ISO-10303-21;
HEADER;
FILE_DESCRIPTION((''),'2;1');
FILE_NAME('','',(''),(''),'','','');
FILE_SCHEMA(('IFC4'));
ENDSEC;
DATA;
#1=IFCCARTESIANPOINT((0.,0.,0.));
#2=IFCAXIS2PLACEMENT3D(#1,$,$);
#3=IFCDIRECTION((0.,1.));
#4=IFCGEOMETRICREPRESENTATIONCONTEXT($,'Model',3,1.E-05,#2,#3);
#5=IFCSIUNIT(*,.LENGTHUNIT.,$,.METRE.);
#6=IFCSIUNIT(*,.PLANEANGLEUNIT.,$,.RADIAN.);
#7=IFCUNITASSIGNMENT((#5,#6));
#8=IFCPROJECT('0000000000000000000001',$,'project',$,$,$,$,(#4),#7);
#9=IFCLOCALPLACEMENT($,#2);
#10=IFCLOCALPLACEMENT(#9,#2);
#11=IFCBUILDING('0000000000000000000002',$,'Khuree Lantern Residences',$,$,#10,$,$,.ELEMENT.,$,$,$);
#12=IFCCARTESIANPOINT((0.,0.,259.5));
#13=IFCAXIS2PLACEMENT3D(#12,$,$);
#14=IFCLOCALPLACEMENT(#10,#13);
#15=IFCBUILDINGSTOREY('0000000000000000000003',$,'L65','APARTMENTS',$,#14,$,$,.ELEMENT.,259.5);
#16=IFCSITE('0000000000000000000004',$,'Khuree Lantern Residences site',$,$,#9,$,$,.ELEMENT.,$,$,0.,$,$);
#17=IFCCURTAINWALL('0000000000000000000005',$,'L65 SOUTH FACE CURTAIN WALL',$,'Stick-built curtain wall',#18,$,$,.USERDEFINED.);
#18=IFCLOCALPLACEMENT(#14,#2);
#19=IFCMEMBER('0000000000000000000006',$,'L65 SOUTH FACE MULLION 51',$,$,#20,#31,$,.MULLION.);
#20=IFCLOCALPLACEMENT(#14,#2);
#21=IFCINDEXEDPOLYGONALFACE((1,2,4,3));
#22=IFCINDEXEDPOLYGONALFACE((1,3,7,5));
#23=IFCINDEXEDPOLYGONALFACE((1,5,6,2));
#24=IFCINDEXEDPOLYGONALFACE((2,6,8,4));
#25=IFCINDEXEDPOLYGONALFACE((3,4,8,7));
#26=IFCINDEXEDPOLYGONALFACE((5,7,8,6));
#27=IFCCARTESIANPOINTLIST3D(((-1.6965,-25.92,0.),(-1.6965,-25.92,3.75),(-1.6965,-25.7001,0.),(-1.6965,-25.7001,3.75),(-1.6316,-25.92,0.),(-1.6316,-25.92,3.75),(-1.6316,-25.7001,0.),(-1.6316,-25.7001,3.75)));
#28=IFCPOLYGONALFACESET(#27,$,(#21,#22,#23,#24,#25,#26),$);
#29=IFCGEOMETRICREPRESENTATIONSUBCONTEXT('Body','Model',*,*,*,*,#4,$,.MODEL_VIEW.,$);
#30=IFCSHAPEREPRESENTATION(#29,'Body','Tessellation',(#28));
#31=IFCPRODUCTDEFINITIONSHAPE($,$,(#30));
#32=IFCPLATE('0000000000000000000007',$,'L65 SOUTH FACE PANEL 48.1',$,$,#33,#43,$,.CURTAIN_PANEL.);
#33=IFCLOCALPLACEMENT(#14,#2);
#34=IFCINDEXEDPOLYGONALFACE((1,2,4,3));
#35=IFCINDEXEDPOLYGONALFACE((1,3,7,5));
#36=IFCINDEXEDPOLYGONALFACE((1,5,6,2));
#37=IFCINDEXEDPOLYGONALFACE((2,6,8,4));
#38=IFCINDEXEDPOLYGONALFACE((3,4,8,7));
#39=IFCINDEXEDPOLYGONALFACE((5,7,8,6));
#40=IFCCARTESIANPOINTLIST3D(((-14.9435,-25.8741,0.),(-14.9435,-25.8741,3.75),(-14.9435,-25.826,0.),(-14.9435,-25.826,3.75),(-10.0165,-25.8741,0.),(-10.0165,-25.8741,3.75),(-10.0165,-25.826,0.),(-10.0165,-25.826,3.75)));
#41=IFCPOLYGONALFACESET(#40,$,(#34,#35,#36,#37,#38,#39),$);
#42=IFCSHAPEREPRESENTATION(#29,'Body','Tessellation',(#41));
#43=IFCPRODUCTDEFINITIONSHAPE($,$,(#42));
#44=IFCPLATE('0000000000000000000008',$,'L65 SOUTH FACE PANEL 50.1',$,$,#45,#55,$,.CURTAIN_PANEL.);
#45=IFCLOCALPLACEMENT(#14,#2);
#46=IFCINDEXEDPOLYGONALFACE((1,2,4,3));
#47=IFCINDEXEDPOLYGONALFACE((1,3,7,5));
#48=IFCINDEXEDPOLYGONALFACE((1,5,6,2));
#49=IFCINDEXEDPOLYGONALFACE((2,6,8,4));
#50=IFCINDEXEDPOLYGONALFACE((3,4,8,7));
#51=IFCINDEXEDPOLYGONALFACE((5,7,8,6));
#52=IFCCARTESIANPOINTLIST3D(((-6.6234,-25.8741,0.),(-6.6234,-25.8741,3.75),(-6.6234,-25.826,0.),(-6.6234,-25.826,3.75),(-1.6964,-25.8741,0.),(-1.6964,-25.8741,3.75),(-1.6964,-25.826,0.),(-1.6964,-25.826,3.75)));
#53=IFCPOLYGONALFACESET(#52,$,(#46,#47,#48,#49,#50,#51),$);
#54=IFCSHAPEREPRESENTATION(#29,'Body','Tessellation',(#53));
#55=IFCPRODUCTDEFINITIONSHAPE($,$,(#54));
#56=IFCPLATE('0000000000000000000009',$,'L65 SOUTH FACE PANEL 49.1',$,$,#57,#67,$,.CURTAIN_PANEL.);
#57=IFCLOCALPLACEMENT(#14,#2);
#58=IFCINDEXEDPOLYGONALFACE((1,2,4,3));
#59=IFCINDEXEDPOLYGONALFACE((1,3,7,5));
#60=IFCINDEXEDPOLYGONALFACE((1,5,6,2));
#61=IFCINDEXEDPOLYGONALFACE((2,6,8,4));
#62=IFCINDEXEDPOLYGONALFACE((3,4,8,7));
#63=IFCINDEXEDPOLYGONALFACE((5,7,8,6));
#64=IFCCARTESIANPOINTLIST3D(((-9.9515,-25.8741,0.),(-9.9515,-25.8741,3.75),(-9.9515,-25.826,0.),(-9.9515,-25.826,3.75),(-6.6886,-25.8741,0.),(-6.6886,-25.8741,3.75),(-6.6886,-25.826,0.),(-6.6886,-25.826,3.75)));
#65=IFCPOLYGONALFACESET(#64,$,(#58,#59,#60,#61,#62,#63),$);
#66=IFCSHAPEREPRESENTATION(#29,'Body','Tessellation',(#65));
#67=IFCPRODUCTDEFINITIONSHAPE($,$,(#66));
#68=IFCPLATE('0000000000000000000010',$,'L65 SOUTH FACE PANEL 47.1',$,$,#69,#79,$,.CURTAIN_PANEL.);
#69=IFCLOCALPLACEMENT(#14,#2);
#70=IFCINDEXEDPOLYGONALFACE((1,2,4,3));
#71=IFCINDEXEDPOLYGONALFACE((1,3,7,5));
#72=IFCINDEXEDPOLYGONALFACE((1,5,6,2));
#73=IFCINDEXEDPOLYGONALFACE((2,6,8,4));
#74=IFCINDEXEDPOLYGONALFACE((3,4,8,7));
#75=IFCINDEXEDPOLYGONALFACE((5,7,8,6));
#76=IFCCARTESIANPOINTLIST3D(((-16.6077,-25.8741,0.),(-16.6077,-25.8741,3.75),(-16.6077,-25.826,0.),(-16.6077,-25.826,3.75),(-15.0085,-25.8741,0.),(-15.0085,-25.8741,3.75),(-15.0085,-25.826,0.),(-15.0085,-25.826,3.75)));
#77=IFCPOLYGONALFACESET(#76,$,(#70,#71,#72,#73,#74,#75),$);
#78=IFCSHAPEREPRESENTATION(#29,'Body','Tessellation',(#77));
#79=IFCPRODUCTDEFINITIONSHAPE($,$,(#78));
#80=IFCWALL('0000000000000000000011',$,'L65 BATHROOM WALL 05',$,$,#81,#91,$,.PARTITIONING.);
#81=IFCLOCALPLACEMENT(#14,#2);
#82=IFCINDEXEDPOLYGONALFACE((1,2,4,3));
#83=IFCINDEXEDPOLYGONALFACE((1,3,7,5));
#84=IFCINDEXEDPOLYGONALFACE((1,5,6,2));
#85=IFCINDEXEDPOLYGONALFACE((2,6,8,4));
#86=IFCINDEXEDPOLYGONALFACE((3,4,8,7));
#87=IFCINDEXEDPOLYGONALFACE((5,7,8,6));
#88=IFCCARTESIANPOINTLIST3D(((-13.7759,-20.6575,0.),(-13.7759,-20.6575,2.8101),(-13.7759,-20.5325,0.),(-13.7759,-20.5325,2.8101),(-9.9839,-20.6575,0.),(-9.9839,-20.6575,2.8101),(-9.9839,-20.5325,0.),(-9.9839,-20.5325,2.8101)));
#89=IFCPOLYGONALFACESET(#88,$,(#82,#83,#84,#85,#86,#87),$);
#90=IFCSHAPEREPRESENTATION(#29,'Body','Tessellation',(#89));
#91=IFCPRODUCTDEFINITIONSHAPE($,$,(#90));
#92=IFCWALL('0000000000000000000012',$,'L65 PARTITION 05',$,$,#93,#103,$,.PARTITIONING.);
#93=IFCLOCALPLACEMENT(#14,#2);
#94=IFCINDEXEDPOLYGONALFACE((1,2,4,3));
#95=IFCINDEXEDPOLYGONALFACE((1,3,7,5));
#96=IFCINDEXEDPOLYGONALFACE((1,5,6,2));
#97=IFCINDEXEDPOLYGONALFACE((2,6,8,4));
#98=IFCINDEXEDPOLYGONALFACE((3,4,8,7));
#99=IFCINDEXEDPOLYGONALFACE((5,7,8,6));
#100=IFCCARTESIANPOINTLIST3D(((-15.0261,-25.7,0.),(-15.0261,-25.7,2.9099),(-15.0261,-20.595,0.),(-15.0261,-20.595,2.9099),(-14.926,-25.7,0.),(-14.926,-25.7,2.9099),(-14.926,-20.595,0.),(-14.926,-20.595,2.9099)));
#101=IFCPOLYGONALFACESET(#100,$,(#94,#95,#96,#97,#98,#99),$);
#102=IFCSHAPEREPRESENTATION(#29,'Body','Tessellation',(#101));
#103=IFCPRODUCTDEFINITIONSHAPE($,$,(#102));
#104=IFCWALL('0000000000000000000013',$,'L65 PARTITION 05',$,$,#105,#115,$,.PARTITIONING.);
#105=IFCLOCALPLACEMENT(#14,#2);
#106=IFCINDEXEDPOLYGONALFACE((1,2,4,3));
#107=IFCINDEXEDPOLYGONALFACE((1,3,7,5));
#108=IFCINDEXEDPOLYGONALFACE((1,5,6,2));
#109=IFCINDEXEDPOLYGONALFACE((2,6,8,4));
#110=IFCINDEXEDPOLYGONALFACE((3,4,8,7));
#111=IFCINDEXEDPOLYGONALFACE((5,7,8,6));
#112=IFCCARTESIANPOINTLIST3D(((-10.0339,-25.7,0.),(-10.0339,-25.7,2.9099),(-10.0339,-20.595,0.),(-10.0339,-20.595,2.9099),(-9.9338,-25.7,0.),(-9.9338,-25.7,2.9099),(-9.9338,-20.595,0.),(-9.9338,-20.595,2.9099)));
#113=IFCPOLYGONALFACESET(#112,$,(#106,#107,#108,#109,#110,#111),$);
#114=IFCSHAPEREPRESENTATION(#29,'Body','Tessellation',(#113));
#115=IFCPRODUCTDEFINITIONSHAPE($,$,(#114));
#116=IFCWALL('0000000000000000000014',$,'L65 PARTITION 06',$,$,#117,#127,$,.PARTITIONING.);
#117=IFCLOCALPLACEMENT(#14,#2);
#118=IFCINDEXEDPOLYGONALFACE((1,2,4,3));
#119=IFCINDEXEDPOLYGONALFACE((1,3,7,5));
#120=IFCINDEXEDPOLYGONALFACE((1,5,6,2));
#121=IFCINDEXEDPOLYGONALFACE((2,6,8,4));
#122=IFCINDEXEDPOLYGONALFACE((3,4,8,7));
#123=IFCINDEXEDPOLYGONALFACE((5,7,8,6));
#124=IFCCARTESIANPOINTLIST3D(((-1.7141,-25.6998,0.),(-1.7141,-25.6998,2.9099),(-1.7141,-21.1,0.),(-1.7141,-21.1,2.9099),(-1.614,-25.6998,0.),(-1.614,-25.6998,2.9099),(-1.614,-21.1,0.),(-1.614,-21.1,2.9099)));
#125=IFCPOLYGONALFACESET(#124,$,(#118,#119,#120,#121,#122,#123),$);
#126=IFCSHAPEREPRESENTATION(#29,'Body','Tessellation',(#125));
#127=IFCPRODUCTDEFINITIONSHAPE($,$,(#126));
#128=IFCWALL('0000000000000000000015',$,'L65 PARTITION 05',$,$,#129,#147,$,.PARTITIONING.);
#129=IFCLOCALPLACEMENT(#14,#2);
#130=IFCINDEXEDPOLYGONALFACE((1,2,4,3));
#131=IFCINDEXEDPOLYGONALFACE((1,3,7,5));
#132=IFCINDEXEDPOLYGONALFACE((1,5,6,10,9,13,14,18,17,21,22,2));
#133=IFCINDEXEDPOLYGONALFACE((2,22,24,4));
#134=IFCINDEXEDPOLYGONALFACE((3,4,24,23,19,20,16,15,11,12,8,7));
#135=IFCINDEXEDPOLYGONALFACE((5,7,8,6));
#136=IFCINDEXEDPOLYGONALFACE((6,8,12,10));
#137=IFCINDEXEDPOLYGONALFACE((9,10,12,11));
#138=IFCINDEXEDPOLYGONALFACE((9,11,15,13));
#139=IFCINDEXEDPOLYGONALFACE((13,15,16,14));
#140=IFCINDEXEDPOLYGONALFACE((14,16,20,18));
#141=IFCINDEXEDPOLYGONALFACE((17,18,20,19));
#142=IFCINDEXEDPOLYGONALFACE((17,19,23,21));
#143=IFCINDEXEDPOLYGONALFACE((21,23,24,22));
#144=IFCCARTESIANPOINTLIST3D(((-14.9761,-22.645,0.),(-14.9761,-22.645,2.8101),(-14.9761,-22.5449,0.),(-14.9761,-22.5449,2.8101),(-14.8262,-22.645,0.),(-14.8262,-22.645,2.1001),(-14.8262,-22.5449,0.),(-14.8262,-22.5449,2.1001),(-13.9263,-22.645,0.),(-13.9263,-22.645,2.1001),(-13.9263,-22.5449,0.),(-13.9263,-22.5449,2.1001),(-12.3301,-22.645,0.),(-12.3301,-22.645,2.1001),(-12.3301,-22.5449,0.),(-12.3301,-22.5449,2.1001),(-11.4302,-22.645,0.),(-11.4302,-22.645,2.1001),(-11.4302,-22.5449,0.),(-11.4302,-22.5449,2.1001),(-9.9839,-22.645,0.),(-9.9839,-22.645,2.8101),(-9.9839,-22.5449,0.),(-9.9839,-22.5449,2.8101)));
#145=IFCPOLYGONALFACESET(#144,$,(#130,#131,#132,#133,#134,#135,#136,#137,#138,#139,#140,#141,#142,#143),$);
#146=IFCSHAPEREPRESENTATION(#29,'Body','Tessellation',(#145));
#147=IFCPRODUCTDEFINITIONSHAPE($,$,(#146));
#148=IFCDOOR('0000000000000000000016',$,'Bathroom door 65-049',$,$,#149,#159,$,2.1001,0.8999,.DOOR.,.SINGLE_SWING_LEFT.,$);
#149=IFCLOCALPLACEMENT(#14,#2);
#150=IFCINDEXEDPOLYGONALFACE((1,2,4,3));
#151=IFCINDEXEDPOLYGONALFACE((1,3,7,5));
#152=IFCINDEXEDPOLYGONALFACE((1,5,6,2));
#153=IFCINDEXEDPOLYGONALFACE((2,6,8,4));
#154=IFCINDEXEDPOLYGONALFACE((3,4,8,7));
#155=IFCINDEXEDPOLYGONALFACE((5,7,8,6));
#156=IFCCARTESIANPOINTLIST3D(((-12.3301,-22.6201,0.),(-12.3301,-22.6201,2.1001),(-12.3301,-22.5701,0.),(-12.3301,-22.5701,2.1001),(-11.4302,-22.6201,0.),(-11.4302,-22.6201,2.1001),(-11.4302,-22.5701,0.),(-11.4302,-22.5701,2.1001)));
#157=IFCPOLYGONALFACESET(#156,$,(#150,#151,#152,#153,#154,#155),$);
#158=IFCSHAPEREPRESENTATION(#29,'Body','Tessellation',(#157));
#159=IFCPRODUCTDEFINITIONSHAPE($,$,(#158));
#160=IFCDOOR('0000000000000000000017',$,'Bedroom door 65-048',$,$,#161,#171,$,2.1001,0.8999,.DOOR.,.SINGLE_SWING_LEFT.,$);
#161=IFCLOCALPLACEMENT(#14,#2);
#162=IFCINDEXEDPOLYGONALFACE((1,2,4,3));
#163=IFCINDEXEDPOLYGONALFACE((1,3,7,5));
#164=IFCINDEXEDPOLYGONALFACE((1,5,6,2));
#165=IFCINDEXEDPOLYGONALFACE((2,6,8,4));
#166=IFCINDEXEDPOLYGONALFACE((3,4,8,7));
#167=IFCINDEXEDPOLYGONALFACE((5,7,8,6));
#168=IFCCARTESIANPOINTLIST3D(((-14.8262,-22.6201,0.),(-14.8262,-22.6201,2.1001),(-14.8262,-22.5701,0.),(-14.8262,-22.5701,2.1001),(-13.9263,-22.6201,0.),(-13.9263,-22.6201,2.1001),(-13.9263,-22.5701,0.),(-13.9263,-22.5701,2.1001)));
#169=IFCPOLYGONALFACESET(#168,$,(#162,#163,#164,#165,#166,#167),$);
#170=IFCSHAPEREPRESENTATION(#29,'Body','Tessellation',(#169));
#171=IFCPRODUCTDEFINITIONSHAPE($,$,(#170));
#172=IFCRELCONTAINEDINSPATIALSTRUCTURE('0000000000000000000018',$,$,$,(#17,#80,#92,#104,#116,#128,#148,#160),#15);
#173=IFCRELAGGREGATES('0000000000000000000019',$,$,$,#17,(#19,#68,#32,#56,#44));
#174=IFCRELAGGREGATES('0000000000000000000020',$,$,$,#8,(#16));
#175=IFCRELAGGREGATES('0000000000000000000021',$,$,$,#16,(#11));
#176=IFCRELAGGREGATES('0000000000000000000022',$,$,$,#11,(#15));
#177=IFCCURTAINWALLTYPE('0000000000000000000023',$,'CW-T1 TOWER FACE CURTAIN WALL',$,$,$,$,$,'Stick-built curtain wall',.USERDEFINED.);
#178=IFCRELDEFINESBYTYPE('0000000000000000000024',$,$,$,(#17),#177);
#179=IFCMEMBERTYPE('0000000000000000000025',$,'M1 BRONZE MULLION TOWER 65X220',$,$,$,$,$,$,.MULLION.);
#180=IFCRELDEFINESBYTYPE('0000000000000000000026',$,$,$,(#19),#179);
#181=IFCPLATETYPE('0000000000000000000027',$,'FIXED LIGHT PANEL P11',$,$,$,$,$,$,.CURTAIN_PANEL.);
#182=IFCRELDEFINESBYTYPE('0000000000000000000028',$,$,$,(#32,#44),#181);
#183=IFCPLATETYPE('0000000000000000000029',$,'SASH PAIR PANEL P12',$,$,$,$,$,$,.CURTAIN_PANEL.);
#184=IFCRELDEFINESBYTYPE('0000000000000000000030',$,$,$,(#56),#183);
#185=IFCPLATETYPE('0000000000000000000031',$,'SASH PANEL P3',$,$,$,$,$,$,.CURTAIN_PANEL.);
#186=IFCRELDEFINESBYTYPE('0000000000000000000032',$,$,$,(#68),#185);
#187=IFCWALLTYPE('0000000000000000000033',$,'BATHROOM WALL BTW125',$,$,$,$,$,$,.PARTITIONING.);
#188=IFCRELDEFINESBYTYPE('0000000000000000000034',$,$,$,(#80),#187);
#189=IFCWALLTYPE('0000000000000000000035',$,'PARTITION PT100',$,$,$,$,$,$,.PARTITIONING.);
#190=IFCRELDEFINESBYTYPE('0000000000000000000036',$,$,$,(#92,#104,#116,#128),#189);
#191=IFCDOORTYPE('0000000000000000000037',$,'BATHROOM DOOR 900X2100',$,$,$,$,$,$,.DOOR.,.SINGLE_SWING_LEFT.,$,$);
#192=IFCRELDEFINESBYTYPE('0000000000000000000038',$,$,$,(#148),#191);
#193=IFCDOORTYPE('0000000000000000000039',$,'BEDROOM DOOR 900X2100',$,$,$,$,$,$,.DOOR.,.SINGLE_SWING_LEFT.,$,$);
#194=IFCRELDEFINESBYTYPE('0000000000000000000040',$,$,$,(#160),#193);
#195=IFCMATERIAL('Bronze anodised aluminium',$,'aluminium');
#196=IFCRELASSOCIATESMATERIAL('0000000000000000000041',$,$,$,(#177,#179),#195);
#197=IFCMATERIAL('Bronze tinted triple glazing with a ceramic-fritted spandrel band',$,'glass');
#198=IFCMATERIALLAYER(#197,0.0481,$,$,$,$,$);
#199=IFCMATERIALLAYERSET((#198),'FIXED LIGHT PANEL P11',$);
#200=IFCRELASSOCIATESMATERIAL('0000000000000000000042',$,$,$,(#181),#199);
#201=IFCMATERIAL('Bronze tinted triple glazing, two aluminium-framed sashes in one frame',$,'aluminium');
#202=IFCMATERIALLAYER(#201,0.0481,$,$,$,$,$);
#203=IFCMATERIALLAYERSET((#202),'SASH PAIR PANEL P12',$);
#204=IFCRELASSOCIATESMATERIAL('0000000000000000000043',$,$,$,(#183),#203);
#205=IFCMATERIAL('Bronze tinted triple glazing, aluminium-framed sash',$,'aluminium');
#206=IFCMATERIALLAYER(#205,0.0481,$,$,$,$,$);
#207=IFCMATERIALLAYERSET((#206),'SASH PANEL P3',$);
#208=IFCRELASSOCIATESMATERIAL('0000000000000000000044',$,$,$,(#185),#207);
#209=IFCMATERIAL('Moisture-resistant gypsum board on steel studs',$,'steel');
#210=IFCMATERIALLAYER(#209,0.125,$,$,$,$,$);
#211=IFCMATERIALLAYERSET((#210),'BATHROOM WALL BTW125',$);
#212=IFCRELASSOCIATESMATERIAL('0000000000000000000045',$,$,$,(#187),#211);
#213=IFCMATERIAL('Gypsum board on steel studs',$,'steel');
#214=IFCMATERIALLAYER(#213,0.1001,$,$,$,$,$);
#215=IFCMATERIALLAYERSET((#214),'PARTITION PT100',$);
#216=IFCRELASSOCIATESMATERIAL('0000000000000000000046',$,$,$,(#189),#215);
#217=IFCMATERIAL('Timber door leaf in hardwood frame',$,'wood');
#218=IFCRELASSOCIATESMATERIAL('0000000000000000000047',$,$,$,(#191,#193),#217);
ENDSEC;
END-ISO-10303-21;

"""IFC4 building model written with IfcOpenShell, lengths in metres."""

from ifc_helpers import new_model, si_unit, direction, frame, frame_2d, origin, origin_2d, place, context, subcontext, project, spatial, rectangle, extrude, material, layer, layer_set, material_profile, profile_set, type_object, element, fill, aggregate, save


model = new_model("IFC4")

# Units and contexts
model_context = context("Model", 3, precision=1e-05, world=origin(), true_north=direction((0.0, 1.0)))
body_context = subcontext(model_context, "Body", "Model", "MODEL_VIEW")
ifc_project = project(units=[si_unit("LENGTHUNIT", "METRE"), si_unit("PLANEANGLEUNIT", "RADIAN")], contexts=[model_context])

# Site, building, storey
site_placement = place(None, origin())
site = spatial("IfcSite", under=ifc_project, at=site_placement, Name="Khuree Lantern Residences site", CompositionType="ELEMENT", RefElevation=0.0)
building_placement = place(site_placement, origin())
building = spatial("IfcBuilding", under=site, at=building_placement, Name="Khuree Lantern Residences", CompositionType="ELEMENT")
storey_placement = place(building_placement, frame((0.0, 0.0, 259.5)))
storey = spatial("IfcBuildingStorey", under=building, at=storey_placement, Name="L65", Description="APARTMENTS", CompositionType="ELEMENT", Elevation=259.5)

# Curtain wall
ifc_material_1 = material(Name="Bronze anodised aluminium", Category="aluminium")
curtain_wall_type = type_object("IfcCurtainWallType", Name="CW-T1 TOWER FACE CURTAIN WALL", ElementType="Stick-built curtain wall", PredefinedType="USERDEFINED", material=ifc_material_1)
curtain_wall_placement = place(storey_placement, origin())
curtain_wall = element("IfcCurtainWall", 1, at=curtain_wall_placement, inside=storey, type_object=curtain_wall_type, Name="L65 SOUTH FACE CURTAIN WALL", ObjectType="Stick-built curtain wall", PredefinedType="USERDEFINED")

# Member
ifc_material_profile_1 = material_profile(ifc_material_1, rectangle(XDim=0.0649, YDim=0.22, at=origin_2d()), Name="M1 65X220")
ifc_profile_set_1 = profile_set([ifc_material_profile_1], Name="Bronze anodised aluminium")
member_type_1 = type_object("IfcMemberType", Name="M1 BRONZE MULLION TOWER 65X220", PredefinedType="MULLION", material=ifc_profile_set_1)
member_1_placement = place(storey_placement, frame((-1.6641, -25.8101, 0.0), z_axis=(0.0, 0.0, 1.0), x_axis=(1.0, 0.0, 0.0)))
member_1 = element("IfcMember", 2, at=member_1_placement, type_object=member_type_1, Name="L65 SOUTH FACE MULLION 51", PredefinedType="MULLION", context=body_context, shape_type="SweptSolid", body=[
    extrude(rectangle(XDim=0.0649, YDim=0.22, at=origin_2d()), origin(), (0.0, 0.0, 1.0), 3.75),
])

# Plates
ifc_material_2 = material(Name="Bronze tinted triple glazing with a ceramic-fritted spandrel band", Category="glass")
ifc_layer_1 = layer(ifc_material_2, 0.0481)
ifc_layer_set_1 = layer_set([ifc_layer_1], Name="FIXED LIGHT PANEL P11")
plate_type_1 = type_object("IfcPlateType", Name="FIXED LIGHT PANEL P11", PredefinedType="CURTAIN_PANEL", material=ifc_layer_set_1)
plate_1_placement = place(storey_placement, frame((-12.48, -25.8501, 0.0), z_axis=(0.0, 0.0, 1.0), x_axis=(1.0, 0.0, 0.0)))
plate_1 = element("IfcPlate", 3, at=plate_1_placement, type_object=plate_type_1, Name="L65 SOUTH FACE PANEL 48.1", PredefinedType="CURTAIN_PANEL", context=body_context, shape_type="SweptSolid", body=[
    extrude(rectangle(XDim=4.927, YDim=0.0481, at=origin_2d()), origin(), (0.0, 0.0, 1.0), 3.75),
])
plate_2_placement = place(storey_placement, frame((-4.1599, -25.8501, 0.0), z_axis=(0.0, 0.0, 1.0), x_axis=(1.0, 0.0, 0.0)))
plate_2 = element("IfcPlate", 4, at=plate_2_placement, type_object=plate_type_1, Name="L65 SOUTH FACE PANEL 50.1", PredefinedType="CURTAIN_PANEL", context=body_context, shape_type="SweptSolid", body=[
    extrude(rectangle(XDim=4.927, YDim=0.0481, at=origin_2d()), origin(), (0.0, 0.0, 1.0), 3.75),
])
ifc_material_3 = material(Name="Bronze tinted triple glazing, two aluminium-framed sashes in one frame", Category="aluminium")
ifc_layer_2 = layer(ifc_material_3, 0.0481)
ifc_layer_set_2 = layer_set([ifc_layer_2], Name="SASH PAIR PANEL P12")
plate_type_2 = type_object("IfcPlateType", Name="SASH PAIR PANEL P12", PredefinedType="CURTAIN_PANEL", material=ifc_layer_set_2)
plate_3_placement = place(storey_placement, frame((-8.3201, -25.8501, 0.0), z_axis=(0.0, 0.0, 1.0), x_axis=(1.0, 0.0, 0.0)))
plate_3 = element("IfcPlate", 5, at=plate_3_placement, type_object=plate_type_2, Name="L65 SOUTH FACE PANEL 49.1", PredefinedType="CURTAIN_PANEL", context=body_context, shape_type="SweptSolid", body=[
    extrude(rectangle(XDim=3.2629, YDim=0.0481, at=origin_2d()), origin(), (0.0, 0.0, 1.0), 3.75),
])
ifc_material_4 = material(Name="Bronze tinted triple glazing, aluminium-framed sash", Category="aluminium")
ifc_layer_3 = layer(ifc_material_4, 0.0481)
ifc_layer_set_3 = layer_set([ifc_layer_3], Name="SASH PANEL P3")
plate_type_3 = type_object("IfcPlateType", Name="SASH PANEL P3", PredefinedType="CURTAIN_PANEL", material=ifc_layer_set_3)
plate_4_placement = place(storey_placement, frame((-15.8081, -25.8501, 0.0), z_axis=(0.0, 0.0, 1.0), x_axis=(1.0, 0.0, 0.0)))
plate_4 = element("IfcPlate", 6, at=plate_4_placement, type_object=plate_type_3, Name="L65 SOUTH FACE PANEL 47.1", PredefinedType="CURTAIN_PANEL", context=body_context, shape_type="SweptSolid", body=[
    extrude(rectangle(XDim=1.5991, YDim=0.0481, at=origin_2d()), origin(), (0.0, 0.0, 1.0), 3.75),
])
aggregate(curtain_wall, [member_1, plate_4, plate_1, plate_3, plate_2])

# Walls
ifc_material_5 = material(Name="Moisture-resistant gypsum board on steel studs", Category="steel")
ifc_layer_4 = layer(ifc_material_5, 0.125)
ifc_layer_set_4 = layer_set([ifc_layer_4], Name="BATHROOM WALL BTW125")
wall_type_1 = type_object("IfcWallType", Name="BATHROOM WALL BTW125", PredefinedType="PARTITIONING", material=ifc_layer_set_4)
wall_1_placement = place(storey_placement, frame((-13.7759, -20.595, 0.0), z_axis=(0.0, 0.0, 1.0), x_axis=(1.0, 0.0, 0.0)))
element("IfcWall", 7, at=wall_1_placement, inside=storey, type_object=wall_type_1, Name="L65 BATHROOM WALL 05", PredefinedType="PARTITIONING", context=body_context, shape_type="SweptSolid", body=[
    extrude(rectangle(XDim=3.792, YDim=0.125, at=frame_2d((1.896, 0.0))), origin(), (0.0, 0.0, 1.0), 2.8101),
])
ifc_material_6 = material(Name="Gypsum board on steel studs", Category="steel")
ifc_layer_5 = layer(ifc_material_6, 0.1001)
ifc_layer_set_5 = layer_set([ifc_layer_5], Name="PARTITION PT100")
wall_type_2 = type_object("IfcWallType", Name="PARTITION PT100", PredefinedType="PARTITIONING", material=ifc_layer_set_5)
for number, where, z_axis, x_axis, name in (
    (8, (-14.9761, -20.595, 0.0), (0.0, 0.0, 1.0), (0.0, -1.0, 0.0), "L65 PARTITION 05"),
    (9, (-9.9839, -20.595, 0.0), (0.0, 0.0, 1.0), (0.0, -1.0, 0.0), "L65 PARTITION 05"),
):
    element("IfcWall", number, at=place(storey_placement, frame(where, z_axis=z_axis, x_axis=x_axis)), inside=storey, type_object=wall_type_2, Name=name, PredefinedType="PARTITIONING", context=body_context, shape_type="SweptSolid", body=[
        extrude(rectangle(XDim=5.105, YDim=0.1001, at=frame_2d((2.5525, 0.0))), origin(), (0.0, 0.0, 1.0), 2.9099),
    ])
wall_2_placement = place(storey_placement, frame((-1.6641, -21.1001, 0.0), z_axis=(0.0, 0.0, 1.0), x_axis=(0.0, -1.0, 0.0)))
element("IfcWall", 10, at=wall_2_placement, inside=storey, type_object=wall_type_2, Name="L65 PARTITION 06", PredefinedType="PARTITIONING", context=body_context, shape_type="SweptSolid", body=[
    extrude(rectangle(XDim=4.5999, YDim=0.1001, at=frame_2d((2.2998, 0.0))), origin(), (0.0, 0.0, 1.0), 2.9099),
])

# Wall, openings, doors
wall_3_placement = place(storey_placement, frame((-14.9761, -22.595, 0.0), z_axis=(0.0, 0.0, 1.0), x_axis=(1.0, 0.0, 0.0)))
wall_3 = element("IfcWall", 11, at=wall_3_placement, inside=storey, type_object=wall_type_2, Name="L65 PARTITION 05", PredefinedType="PARTITIONING", context=body_context, shape_type="SweptSolid", body=[
    extrude(rectangle(XDim=4.9922, YDim=0.1001, at=frame_2d((2.4961, 0.0))), origin(), (0.0, 0.0, 1.0), 2.8101),
])
opening_1_placement = place(wall_3_placement, frame((0.1499, 0.0, 0.0)))
opening_1 = element("IfcOpeningElement", 12, at=opening_1_placement, cuts=wall_3, PredefinedType="OPENING", context=body_context, shape_type="SweptSolid", body=[
    extrude(rectangle(XDim=0.8999, YDim=2.1001, at=frame_2d((0.45, 1.05))), frame((0.0, 0.0601, 0.0), z_axis=(0.0, -1.0, 0.0), x_axis=(1.0, 0.0, 0.0)), (0.0, 0.0, 1.0), 0.1201),
])
opening_2_placement = place(wall_3_placement, frame((2.646, 0.0, 0.0)))
opening_2 = element("IfcOpeningElement", 13, at=opening_2_placement, cuts=wall_3, PredefinedType="OPENING", context=body_context, shape_type="SweptSolid", body=[
    extrude(rectangle(XDim=0.8999, YDim=2.1001, at=frame_2d((0.45, 1.05))), frame((0.0, 0.0601, 0.0), z_axis=(0.0, -1.0, 0.0), x_axis=(1.0, 0.0, 0.0)), (0.0, 0.0, 1.0), 0.1201),
])
ifc_material_7 = material(Name="Timber door leaf in hardwood frame", Category="wood")
door_type_1 = type_object("IfcDoorType", Name="BATHROOM DOOR 900X2100", OperationType="SINGLE_SWING_LEFT", PredefinedType="DOOR", material=ifc_material_7)
door_1_placement = place(opening_2_placement, origin())
door_1 = element("IfcDoor", 14, at=door_1_placement, inside=storey, type_object=door_type_1, Name="Bathroom door 65-049", OperationType="SINGLE_SWING_LEFT", OverallHeight=2.1001, OverallWidth=0.8999, PredefinedType="DOOR", context=body_context, shape_type="SweptSolid", body=[
    extrude(rectangle(XDim=0.8999, YDim=2.1001, at=frame_2d((0.45, 1.05))), frame((0.0, 0.0249, 0.0), z_axis=(0.0, -1.0, 0.0), x_axis=(1.0, 0.0, 0.0)), (0.0, 0.0, 1.0), 0.05),
])
fill(opening_2, door_1)
door_type_2 = type_object("IfcDoorType", Name="BEDROOM DOOR 900X2100", OperationType="SINGLE_SWING_LEFT", PredefinedType="DOOR", material=ifc_material_7)
door_2_placement = place(opening_1_placement, origin())
door_2 = element("IfcDoor", 15, at=door_2_placement, inside=storey, type_object=door_type_2, Name="Bedroom door 65-048", OperationType="SINGLE_SWING_LEFT", OverallHeight=2.1001, OverallWidth=0.8999, PredefinedType="DOOR", context=body_context, shape_type="SweptSolid", body=[
    extrude(rectangle(XDim=0.8999, YDim=2.1001, at=frame_2d((0.45, 1.05))), frame((0.0, 0.0249, 0.0), z_axis=(0.0, -1.0, 0.0), x_axis=(1.0, 0.0, 0.0)), (0.0, 0.0, 1.0), 0.05),
])
fill(opening_1, door_2)

save(model, "model.ifc")
